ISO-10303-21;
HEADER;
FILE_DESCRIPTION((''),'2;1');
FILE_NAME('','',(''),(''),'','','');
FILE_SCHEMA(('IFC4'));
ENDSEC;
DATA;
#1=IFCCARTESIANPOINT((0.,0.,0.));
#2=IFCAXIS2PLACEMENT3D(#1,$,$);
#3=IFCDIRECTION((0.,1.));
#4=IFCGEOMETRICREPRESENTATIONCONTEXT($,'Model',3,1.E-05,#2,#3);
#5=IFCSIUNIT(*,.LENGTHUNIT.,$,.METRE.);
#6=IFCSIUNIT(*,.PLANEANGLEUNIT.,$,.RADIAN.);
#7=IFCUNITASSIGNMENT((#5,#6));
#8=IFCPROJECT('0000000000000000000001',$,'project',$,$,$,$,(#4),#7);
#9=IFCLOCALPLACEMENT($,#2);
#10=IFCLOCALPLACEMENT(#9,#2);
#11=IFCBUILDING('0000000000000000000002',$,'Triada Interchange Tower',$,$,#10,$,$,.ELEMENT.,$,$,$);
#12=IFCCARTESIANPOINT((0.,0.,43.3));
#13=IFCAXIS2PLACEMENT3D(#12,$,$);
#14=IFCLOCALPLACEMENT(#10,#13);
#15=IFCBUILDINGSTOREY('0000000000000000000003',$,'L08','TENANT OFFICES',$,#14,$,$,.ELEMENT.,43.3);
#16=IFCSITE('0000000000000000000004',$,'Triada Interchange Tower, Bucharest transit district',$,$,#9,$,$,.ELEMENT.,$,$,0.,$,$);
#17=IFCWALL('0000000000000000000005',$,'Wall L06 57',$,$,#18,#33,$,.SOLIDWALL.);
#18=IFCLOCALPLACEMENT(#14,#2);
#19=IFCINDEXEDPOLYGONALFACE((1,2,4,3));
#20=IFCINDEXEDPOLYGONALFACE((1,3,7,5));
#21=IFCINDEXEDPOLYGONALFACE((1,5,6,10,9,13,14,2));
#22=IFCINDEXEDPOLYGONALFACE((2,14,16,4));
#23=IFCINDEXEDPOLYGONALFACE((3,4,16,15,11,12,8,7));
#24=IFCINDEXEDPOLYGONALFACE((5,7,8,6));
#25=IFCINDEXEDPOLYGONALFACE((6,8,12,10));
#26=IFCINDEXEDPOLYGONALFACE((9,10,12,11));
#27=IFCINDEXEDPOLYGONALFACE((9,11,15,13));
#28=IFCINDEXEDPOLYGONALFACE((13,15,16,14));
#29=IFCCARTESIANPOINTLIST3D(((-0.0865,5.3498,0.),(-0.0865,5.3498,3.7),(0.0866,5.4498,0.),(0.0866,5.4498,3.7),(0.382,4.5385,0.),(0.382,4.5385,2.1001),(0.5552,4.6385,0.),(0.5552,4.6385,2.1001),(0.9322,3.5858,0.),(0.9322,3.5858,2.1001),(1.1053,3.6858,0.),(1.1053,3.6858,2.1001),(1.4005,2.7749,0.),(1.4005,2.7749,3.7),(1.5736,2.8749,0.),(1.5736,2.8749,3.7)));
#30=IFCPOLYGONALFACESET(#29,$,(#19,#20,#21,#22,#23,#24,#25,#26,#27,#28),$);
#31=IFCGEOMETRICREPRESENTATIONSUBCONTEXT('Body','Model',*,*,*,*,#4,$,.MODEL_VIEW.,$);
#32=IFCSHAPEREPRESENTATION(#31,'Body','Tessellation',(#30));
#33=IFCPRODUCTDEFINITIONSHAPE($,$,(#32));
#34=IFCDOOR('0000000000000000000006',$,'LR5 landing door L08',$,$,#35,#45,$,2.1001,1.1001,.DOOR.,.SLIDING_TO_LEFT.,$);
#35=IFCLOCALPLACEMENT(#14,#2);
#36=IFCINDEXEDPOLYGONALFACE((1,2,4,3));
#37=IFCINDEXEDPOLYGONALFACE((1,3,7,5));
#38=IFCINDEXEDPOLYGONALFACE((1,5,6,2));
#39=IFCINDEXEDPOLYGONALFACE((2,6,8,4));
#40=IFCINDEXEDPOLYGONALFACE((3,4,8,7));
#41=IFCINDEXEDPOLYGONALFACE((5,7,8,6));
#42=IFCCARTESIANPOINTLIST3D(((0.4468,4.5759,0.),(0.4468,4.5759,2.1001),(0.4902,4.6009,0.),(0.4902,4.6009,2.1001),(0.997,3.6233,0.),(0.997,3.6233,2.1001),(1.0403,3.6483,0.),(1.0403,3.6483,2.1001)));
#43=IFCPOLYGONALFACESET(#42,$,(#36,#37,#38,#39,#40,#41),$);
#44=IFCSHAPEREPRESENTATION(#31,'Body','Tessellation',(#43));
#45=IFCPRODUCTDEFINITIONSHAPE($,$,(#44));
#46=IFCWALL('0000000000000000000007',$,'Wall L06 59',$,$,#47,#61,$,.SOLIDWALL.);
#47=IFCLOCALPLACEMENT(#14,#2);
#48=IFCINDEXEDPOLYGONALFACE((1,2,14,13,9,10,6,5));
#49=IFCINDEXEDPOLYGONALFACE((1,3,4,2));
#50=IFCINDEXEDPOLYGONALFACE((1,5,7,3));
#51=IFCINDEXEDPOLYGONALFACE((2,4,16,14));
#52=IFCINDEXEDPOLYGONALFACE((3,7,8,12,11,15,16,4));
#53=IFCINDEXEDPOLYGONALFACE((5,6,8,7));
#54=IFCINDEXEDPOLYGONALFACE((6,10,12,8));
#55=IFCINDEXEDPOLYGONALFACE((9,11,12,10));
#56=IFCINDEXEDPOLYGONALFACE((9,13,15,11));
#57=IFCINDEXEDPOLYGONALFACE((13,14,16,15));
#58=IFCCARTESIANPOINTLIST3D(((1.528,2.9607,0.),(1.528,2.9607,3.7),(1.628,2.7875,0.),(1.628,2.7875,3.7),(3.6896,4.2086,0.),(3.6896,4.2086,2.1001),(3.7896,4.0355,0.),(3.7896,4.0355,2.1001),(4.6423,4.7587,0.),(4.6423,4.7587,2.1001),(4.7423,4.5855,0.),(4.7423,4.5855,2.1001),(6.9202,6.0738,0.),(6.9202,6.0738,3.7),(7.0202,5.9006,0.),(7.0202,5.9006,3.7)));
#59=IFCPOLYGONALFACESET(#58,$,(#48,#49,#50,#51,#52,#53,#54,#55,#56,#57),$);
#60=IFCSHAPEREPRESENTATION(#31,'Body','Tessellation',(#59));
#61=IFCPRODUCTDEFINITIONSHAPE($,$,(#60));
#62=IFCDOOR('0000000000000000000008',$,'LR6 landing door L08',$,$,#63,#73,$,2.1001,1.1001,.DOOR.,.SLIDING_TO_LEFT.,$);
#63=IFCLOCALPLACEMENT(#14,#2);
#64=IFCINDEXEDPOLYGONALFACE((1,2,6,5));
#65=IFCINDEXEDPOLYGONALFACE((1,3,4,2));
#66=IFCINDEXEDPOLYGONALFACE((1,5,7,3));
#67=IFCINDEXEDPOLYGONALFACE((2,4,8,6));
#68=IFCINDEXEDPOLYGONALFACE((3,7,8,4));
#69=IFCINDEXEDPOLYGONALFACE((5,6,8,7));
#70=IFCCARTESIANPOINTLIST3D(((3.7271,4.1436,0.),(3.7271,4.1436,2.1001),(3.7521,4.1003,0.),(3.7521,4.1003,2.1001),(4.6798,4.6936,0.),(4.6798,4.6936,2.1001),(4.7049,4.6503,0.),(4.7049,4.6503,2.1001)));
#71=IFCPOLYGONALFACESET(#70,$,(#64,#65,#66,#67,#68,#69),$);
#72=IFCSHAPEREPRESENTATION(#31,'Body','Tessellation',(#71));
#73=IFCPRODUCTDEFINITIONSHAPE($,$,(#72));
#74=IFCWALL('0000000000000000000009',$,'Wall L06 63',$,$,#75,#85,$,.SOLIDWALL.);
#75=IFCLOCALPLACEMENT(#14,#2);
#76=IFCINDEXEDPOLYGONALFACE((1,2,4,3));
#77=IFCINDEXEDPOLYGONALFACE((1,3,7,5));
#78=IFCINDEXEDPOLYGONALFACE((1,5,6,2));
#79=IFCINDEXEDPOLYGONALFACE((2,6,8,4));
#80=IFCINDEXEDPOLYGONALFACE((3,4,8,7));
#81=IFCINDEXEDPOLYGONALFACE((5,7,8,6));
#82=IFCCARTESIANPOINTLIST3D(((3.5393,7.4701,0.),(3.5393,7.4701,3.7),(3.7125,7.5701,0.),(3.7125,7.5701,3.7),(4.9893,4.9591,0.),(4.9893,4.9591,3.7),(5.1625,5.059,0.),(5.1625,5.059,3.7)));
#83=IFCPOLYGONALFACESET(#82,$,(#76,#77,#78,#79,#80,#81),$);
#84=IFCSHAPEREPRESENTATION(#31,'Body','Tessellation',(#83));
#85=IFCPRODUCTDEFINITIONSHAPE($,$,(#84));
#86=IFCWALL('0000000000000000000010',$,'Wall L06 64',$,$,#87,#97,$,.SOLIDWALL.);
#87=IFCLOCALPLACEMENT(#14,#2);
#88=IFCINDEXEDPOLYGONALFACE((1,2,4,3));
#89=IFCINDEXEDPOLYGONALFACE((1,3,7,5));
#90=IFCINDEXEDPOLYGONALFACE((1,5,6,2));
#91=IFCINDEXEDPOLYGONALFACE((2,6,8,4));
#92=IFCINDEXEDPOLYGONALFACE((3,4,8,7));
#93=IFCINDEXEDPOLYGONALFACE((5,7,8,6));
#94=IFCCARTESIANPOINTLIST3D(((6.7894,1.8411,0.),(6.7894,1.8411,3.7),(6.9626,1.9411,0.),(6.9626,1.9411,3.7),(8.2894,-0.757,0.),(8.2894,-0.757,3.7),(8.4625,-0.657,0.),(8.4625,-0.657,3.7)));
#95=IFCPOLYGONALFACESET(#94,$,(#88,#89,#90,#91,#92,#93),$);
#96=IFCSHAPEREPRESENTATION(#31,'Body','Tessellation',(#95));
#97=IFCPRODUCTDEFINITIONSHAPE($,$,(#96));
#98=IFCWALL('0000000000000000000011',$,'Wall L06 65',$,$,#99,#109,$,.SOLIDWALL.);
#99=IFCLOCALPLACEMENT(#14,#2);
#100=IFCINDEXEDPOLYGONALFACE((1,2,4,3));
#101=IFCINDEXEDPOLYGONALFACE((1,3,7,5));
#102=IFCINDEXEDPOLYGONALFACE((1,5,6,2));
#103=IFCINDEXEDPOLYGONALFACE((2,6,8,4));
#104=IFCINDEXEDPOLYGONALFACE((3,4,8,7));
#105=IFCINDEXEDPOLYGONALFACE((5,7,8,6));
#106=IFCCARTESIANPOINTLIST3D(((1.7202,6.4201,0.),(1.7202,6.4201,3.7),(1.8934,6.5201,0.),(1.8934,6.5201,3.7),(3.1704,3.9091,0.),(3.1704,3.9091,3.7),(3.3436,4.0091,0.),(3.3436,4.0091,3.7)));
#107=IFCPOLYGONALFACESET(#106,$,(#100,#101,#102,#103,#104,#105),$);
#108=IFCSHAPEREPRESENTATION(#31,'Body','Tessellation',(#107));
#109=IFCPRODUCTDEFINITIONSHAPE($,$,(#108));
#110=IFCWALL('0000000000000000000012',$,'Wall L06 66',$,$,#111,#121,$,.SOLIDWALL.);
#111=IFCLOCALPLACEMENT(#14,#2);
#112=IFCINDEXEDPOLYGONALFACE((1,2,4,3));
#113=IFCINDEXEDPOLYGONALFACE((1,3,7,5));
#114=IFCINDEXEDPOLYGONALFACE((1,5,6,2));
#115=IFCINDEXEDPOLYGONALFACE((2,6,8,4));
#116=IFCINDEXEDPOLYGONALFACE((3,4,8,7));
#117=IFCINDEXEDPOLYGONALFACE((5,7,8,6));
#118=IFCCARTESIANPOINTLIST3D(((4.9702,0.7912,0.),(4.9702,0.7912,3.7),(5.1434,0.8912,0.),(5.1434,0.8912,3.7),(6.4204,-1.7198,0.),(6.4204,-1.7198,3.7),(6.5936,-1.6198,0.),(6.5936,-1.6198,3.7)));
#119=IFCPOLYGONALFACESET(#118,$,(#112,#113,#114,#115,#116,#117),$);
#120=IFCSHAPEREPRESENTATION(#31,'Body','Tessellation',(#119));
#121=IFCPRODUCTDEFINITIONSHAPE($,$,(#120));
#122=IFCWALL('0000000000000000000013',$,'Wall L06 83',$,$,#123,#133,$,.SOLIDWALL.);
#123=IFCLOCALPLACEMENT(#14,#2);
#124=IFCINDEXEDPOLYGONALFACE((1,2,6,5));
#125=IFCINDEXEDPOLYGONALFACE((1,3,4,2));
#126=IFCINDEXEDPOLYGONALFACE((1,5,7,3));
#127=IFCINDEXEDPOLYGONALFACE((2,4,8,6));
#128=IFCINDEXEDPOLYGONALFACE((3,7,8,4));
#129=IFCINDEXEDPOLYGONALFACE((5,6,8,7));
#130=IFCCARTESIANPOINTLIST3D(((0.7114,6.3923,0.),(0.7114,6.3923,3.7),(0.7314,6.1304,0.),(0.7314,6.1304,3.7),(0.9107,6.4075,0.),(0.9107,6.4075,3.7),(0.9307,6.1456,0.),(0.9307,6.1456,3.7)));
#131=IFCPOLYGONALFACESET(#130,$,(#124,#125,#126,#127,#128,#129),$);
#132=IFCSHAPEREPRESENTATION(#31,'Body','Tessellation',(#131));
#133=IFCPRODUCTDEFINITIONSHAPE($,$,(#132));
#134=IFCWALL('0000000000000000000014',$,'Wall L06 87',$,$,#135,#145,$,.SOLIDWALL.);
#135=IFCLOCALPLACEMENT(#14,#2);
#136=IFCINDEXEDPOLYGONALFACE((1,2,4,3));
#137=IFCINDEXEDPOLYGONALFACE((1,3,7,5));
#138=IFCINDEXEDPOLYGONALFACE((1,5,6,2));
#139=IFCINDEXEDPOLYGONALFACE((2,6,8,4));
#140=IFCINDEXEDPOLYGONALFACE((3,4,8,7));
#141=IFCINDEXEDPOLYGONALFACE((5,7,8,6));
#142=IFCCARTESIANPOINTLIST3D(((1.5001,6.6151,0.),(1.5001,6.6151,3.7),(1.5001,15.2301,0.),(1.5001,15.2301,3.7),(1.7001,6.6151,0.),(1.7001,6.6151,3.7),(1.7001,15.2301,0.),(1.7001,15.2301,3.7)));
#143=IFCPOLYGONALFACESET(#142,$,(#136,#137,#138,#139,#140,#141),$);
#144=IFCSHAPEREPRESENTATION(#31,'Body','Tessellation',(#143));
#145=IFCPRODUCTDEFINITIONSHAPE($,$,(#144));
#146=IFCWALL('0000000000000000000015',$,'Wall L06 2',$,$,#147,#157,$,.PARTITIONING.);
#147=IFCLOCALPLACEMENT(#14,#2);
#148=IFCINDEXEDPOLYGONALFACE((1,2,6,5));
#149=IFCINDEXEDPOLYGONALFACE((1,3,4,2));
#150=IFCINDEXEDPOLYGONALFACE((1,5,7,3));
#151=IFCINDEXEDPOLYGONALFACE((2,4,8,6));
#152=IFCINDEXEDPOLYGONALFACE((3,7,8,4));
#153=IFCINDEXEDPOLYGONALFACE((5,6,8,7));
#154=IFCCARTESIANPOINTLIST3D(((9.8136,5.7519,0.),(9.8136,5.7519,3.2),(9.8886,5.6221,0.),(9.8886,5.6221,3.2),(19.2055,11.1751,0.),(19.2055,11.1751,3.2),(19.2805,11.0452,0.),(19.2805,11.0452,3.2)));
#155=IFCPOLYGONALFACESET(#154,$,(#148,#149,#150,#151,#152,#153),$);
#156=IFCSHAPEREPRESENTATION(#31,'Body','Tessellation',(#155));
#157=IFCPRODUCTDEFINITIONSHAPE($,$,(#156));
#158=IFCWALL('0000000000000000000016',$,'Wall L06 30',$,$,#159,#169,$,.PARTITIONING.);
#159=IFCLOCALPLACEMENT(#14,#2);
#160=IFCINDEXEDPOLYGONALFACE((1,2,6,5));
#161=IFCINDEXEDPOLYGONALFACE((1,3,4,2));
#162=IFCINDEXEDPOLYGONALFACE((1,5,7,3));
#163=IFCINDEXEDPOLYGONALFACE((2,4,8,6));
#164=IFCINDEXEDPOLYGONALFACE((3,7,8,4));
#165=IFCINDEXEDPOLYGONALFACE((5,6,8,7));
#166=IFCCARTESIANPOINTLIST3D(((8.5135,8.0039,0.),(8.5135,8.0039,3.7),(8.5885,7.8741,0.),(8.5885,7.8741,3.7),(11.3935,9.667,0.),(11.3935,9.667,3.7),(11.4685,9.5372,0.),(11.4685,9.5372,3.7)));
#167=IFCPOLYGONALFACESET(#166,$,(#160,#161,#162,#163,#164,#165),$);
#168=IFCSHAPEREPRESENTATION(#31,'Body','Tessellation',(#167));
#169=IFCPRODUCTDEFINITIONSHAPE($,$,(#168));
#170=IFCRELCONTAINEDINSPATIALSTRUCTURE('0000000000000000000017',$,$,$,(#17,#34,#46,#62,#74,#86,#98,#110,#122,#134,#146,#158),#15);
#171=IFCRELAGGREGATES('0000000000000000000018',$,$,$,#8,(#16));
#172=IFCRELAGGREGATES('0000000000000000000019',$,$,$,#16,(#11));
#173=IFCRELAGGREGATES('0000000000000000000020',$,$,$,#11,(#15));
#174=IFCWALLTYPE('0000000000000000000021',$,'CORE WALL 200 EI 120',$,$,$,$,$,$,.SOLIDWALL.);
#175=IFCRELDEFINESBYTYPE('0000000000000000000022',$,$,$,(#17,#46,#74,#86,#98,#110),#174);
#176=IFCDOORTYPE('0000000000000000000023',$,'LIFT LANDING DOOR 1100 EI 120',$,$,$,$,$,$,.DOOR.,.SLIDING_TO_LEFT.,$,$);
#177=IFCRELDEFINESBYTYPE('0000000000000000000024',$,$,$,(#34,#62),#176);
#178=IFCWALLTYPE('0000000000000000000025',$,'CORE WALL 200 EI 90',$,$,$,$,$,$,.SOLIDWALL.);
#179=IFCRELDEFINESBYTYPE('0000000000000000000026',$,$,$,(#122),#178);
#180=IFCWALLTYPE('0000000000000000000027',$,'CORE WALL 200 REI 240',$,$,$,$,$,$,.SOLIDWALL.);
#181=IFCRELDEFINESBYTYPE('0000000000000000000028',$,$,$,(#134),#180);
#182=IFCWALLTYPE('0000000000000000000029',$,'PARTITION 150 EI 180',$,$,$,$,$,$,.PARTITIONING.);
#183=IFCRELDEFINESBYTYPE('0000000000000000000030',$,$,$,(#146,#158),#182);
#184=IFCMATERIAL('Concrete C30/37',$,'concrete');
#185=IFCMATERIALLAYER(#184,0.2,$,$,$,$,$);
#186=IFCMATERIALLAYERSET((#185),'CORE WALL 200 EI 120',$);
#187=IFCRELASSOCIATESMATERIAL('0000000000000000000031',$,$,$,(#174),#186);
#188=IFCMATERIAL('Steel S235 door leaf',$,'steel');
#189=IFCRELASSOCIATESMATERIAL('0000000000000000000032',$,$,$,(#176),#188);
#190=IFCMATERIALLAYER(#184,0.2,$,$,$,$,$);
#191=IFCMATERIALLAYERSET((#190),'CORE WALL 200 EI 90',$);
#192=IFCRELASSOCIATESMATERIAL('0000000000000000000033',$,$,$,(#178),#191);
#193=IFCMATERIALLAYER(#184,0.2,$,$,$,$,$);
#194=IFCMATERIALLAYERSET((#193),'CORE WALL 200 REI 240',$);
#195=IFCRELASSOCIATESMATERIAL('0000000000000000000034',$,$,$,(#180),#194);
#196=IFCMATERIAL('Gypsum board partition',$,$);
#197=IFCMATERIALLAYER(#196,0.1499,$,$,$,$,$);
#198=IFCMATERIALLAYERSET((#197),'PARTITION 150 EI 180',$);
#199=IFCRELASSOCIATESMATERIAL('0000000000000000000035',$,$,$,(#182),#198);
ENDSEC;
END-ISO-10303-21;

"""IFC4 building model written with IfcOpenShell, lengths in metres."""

from ifc_helpers import new_model, si_unit, direction, frame, frame_2d, origin, place, context, subcontext, project, spatial, rectangle, extrude, material, layer, layer_set, type_object, element, fill, save


model = new_model("IFC4")

# Units and contexts
model_context = context("Model", 3, precision=1e-05, world=origin(), true_north=direction((0.0, 1.0)))
body_context = subcontext(model_context, "Body", "Model", "MODEL_VIEW")
ifc_project = project(units=[si_unit("LENGTHUNIT", "METRE"), si_unit("PLANEANGLEUNIT", "RADIAN")], contexts=[model_context])

# Site, building, storey
site_placement = place(None, origin())
site = spatial("IfcSite", under=ifc_project, at=site_placement, Name="Triada Interchange Tower, Bucharest transit district", CompositionType="ELEMENT", RefElevation=0.0)
building_placement = place(site_placement, origin())
building = spatial("IfcBuilding", under=site, at=building_placement, Name="Triada Interchange Tower", CompositionType="ELEMENT")
storey_placement = place(building_placement, frame((0.0, 0.0, 43.3)))
storey = spatial("IfcBuildingStorey", under=building, at=storey_placement, Name="L08", Description="TENANT OFFICES", CompositionType="ELEMENT", Elevation=43.3)

# Walls, openings, doors
ifc_material_1 = material(Name="Concrete C30/37", Category="concrete")
ifc_layer_1 = layer(ifc_material_1, 0.2)
ifc_layer_set_1 = layer_set([ifc_layer_1], Name="CORE WALL 200 EI 120")
wall_type_1 = type_object("IfcWallType", Name="CORE WALL 200 EI 120", PredefinedType="SOLIDWALL", material=ifc_layer_set_1)
wall_1_placement = place(storey_placement, frame((0.0, 5.3999, 0.0), z_axis=(0.0, 0.0, 1.0), x_axis=(0.500104, -0.865965, 0.0)))
wall_1 = element("IfcWall", 1, at=wall_1_placement, inside=storey, type_object=wall_type_1, Name="Wall L06 57", PredefinedType="SOLIDWALL", context=body_context, shape_type="SweptSolid", body=[
    extrude(rectangle(XDim=2.9734, YDim=0.2, at=frame_2d((1.4868, 0.0))), origin(), (0.0, 0.0, 1.0), 3.7),
])
opening_1_placement = place(wall_1_placement, frame((0.937, 0.0, 0.0)))
opening_1 = element("IfcOpeningElement", 2, at=opening_1_placement, cuts=wall_1, PredefinedType="OPENING", context=body_context, shape_type="SweptSolid", body=[
    extrude(rectangle(XDim=1.1001, YDim=2.1001, at=frame_2d((0.55, 1.05))), frame((0.0, 0.1099, 0.0), z_axis=(0.0, -1.0, 0.0), x_axis=(1.0, 0.0, 0.0)), (0.0, 0.0, 1.0), 0.22),
])
ifc_material_2 = material(Name="Steel S235 door leaf", Category="steel")
door_type_1 = type_object("IfcDoorType", Name="LIFT LANDING DOOR 1100 EI 120", OperationType="SLIDING_TO_LEFT", PredefinedType="DOOR", material=ifc_material_2)
door_1_placement = place(opening_1_placement, origin())
door_1 = element("IfcDoor", 3, at=door_1_placement, inside=storey, type_object=door_type_1, Name="LR5 landing door L08", OperationType="SLIDING_TO_LEFT", OverallHeight=2.1001, OverallWidth=1.1001, PredefinedType="DOOR", context=body_context, shape_type="SweptSolid", body=[
    extrude(rectangle(XDim=1.1001, YDim=2.1001, at=frame_2d((0.55, 1.05))), frame((0.0, 0.0249, 0.0), z_axis=(0.0, -1.0, 0.0), x_axis=(1.0, 0.0, 0.0)), (0.0, 0.0, 1.0), 0.05),
])
fill(opening_1, door_1)
wall_2_placement = place(storey_placement, frame((1.5779, 2.874, 0.0), z_axis=(0.0, 0.0, 1.0), x_axis=(0.866031, 0.499989, 0.0)))
wall_2 = element("IfcWall", 4, at=wall_2_placement, inside=storey, type_object=wall_type_1, Name="Wall L06 59", PredefinedType="SOLIDWALL", context=body_context, shape_type="SweptSolid", body=[
    extrude(rectangle(XDim=6.2263, YDim=0.2, at=frame_2d((3.1133, 0.0))), origin(), (0.0, 0.0, 1.0), 3.7),
])
opening_2_placement = place(wall_2_placement, frame((2.4961, 0.0, 0.0)))
opening_2 = element("IfcOpeningElement", 5, at=opening_2_placement, cuts=wall_2, PredefinedType="OPENING", context=body_context, shape_type="SweptSolid", body=[
    extrude(rectangle(XDim=1.1001, YDim=2.1001, at=frame_2d((0.55, 1.05))), frame((0.0, 0.1099, 0.0), z_axis=(0.0, -1.0, 0.0), x_axis=(1.0, 0.0, 0.0)), (0.0, 0.0, 1.0), 0.22),
])
door_2_placement = place(opening_2_placement, origin())
door_2 = element("IfcDoor", 6, at=door_2_placement, inside=storey, type_object=door_type_1, Name="LR6 landing door L08", OperationType="SLIDING_TO_LEFT", OverallHeight=2.1001, OverallWidth=1.1001, PredefinedType="DOOR", context=body_context, shape_type="SweptSolid", body=[
    extrude(rectangle(XDim=1.1001, YDim=2.1001, at=frame_2d((0.55, 1.05))), frame((0.0, 0.0249, 0.0), z_axis=(0.0, -1.0, 0.0), x_axis=(1.0, 0.0, 0.0)), (0.0, 0.0, 1.0), 0.05),
])
fill(opening_2, door_2)

# Walls
wall_3_placement = place(storey_placement, frame((3.626, 7.52, 0.0), z_axis=(0.0, 0.0, 1.0), x_axis=(0.50006, -0.865991, 0.0)))
element("IfcWall", 7, at=wall_3_placement, inside=storey, type_object=wall_type_1, Name="Wall L06 63", PredefinedType="SOLIDWALL", context=body_context, shape_type="SweptSolid", body=[
    extrude(rectangle(XDim=2.8997, YDim=0.2, at=frame_2d((1.4497, 0.0))), origin(), (0.0, 0.0, 1.0), 3.7),
])
wall_4_placement = place(storey_placement, frame((6.876, 1.8911, 0.0), z_axis=(0.0, 0.0, 1.0), x_axis=(0.49999, -0.866031, 0.0)))
element("IfcWall", 8, at=wall_4_placement, inside=storey, type_object=wall_type_1, Name="Wall L06 64", PredefinedType="SOLIDWALL", context=body_context, shape_type="SweptSolid", body=[
    extrude(rectangle(XDim=3.0, YDim=0.2, at=frame_2d((1.5, 0.0))), origin(), (0.0, 0.0, 1.0), 3.7),
])
for number, where, z_axis, x_axis, name in (
    (9, (1.8069, 6.47, 0.0), (0.0, 0.0, 1.0), (0.500123, -0.865954, 0.0), "Wall L06 65"),
    (10, (5.0569, 0.8411, 0.0), (0.0, 0.0, 1.0), (0.500123, -0.865954, 0.0), "Wall L06 66"),
):
    element("IfcWall", number, at=place(storey_placement, frame(where, z_axis=z_axis, x_axis=x_axis)), inside=storey, type_object=wall_type_1, Name=name, PredefinedType="SOLIDWALL", context=body_context, shape_type="SweptSolid", body=[
        extrude(rectangle(XDim=2.8997, YDim=0.2, at=frame_2d((1.4497, 0.0))), origin(), (0.0, 0.0, 1.0), 3.7),
    ])
ifc_layer_2 = layer(ifc_material_1, 0.2)
ifc_layer_set_2 = layer_set([ifc_layer_2], Name="CORE WALL 200 EI 90")
wall_type_2 = type_object("IfcWallType", Name="CORE WALL 200 EI 90", PredefinedType="SOLIDWALL", material=ifc_layer_set_2)
wall_5_placement = place(storey_placement, frame((0.811, 6.3999, 0.0), z_axis=(0.0, 0.0, 1.0), x_axis=(0.076199, -0.997093, 0.0)))
element("IfcWall", 11, at=wall_5_placement, inside=storey, type_object=wall_type_2, Name="Wall L06 83", PredefinedType="SOLIDWALL", context=body_context, shape_type="SweptSolid", body=[
    extrude(rectangle(XDim=0.2627, YDim=0.2, at=frame_2d((0.1313, 0.0))), origin(), (0.0, 0.0, 1.0), 3.7),
])
ifc_layer_3 = layer(ifc_material_1, 0.2)
ifc_layer_set_3 = layer_set([ifc_layer_3], Name="CORE WALL 200 REI 240")
wall_type_3 = type_object("IfcWallType", Name="CORE WALL 200 REI 240", PredefinedType="SOLIDWALL", material=ifc_layer_set_3)
wall_6_placement = place(storey_placement, frame((1.6001, 6.615, 0.0), z_axis=(0.0, 0.0, 1.0), x_axis=(0.0, 1.0, 0.0)))
element("IfcWall", 12, at=wall_6_placement, inside=storey, type_object=wall_type_3, Name="Wall L06 87", PredefinedType="SOLIDWALL", context=body_context, shape_type="SweptSolid", body=[
    extrude(rectangle(XDim=8.615, YDim=0.2, at=frame_2d((4.3076, 0.0))), origin(), (0.0, 0.0, 1.0), 3.7),
])
ifc_material_3 = material(Name="Gypsum board partition")
ifc_layer_4 = layer(ifc_material_3, 0.1499)
ifc_layer_set_4 = layer_set([ifc_layer_4], Name="PARTITION 150 EI 180")
wall_type_4 = type_object("IfcWallType", Name="PARTITION 150 EI 180", PredefinedType="PARTITIONING", material=ifc_layer_set_4)
wall_7_placement = place(storey_placement, frame((9.8511, 5.687, 0.0), z_axis=(0.0, 0.0, 1.0), x_axis=(0.865997, 0.500049, 0.0)))
element("IfcWall", 13, at=wall_7_placement, inside=storey, type_object=wall_type_4, Name="Wall L06 2", PredefinedType="PARTITIONING", context=body_context, shape_type="SweptSolid", body=[
    extrude(rectangle(XDim=10.8452, YDim=0.1499, at=frame_2d((5.4226, 0.0))), origin(), (0.0, 0.0, 1.0), 3.2),
])
wall_8_placement = place(storey_placement, frame((8.551, 7.939, 0.0), z_axis=(0.0, 0.0, 1.0), x_axis=(0.865975, 0.500087, 0.0)))
element("IfcWall", 14, at=wall_8_placement, inside=storey, type_object=wall_type_4, Name="Wall L06 30", PredefinedType="PARTITIONING", context=body_context, shape_type="SweptSolid", body=[
    extrude(rectangle(XDim=3.3257, YDim=0.1499, at=frame_2d((1.6628, 0.0))), origin(), (0.0, 0.0, 1.0), 3.7),
])

save(model, "model.ifc")
